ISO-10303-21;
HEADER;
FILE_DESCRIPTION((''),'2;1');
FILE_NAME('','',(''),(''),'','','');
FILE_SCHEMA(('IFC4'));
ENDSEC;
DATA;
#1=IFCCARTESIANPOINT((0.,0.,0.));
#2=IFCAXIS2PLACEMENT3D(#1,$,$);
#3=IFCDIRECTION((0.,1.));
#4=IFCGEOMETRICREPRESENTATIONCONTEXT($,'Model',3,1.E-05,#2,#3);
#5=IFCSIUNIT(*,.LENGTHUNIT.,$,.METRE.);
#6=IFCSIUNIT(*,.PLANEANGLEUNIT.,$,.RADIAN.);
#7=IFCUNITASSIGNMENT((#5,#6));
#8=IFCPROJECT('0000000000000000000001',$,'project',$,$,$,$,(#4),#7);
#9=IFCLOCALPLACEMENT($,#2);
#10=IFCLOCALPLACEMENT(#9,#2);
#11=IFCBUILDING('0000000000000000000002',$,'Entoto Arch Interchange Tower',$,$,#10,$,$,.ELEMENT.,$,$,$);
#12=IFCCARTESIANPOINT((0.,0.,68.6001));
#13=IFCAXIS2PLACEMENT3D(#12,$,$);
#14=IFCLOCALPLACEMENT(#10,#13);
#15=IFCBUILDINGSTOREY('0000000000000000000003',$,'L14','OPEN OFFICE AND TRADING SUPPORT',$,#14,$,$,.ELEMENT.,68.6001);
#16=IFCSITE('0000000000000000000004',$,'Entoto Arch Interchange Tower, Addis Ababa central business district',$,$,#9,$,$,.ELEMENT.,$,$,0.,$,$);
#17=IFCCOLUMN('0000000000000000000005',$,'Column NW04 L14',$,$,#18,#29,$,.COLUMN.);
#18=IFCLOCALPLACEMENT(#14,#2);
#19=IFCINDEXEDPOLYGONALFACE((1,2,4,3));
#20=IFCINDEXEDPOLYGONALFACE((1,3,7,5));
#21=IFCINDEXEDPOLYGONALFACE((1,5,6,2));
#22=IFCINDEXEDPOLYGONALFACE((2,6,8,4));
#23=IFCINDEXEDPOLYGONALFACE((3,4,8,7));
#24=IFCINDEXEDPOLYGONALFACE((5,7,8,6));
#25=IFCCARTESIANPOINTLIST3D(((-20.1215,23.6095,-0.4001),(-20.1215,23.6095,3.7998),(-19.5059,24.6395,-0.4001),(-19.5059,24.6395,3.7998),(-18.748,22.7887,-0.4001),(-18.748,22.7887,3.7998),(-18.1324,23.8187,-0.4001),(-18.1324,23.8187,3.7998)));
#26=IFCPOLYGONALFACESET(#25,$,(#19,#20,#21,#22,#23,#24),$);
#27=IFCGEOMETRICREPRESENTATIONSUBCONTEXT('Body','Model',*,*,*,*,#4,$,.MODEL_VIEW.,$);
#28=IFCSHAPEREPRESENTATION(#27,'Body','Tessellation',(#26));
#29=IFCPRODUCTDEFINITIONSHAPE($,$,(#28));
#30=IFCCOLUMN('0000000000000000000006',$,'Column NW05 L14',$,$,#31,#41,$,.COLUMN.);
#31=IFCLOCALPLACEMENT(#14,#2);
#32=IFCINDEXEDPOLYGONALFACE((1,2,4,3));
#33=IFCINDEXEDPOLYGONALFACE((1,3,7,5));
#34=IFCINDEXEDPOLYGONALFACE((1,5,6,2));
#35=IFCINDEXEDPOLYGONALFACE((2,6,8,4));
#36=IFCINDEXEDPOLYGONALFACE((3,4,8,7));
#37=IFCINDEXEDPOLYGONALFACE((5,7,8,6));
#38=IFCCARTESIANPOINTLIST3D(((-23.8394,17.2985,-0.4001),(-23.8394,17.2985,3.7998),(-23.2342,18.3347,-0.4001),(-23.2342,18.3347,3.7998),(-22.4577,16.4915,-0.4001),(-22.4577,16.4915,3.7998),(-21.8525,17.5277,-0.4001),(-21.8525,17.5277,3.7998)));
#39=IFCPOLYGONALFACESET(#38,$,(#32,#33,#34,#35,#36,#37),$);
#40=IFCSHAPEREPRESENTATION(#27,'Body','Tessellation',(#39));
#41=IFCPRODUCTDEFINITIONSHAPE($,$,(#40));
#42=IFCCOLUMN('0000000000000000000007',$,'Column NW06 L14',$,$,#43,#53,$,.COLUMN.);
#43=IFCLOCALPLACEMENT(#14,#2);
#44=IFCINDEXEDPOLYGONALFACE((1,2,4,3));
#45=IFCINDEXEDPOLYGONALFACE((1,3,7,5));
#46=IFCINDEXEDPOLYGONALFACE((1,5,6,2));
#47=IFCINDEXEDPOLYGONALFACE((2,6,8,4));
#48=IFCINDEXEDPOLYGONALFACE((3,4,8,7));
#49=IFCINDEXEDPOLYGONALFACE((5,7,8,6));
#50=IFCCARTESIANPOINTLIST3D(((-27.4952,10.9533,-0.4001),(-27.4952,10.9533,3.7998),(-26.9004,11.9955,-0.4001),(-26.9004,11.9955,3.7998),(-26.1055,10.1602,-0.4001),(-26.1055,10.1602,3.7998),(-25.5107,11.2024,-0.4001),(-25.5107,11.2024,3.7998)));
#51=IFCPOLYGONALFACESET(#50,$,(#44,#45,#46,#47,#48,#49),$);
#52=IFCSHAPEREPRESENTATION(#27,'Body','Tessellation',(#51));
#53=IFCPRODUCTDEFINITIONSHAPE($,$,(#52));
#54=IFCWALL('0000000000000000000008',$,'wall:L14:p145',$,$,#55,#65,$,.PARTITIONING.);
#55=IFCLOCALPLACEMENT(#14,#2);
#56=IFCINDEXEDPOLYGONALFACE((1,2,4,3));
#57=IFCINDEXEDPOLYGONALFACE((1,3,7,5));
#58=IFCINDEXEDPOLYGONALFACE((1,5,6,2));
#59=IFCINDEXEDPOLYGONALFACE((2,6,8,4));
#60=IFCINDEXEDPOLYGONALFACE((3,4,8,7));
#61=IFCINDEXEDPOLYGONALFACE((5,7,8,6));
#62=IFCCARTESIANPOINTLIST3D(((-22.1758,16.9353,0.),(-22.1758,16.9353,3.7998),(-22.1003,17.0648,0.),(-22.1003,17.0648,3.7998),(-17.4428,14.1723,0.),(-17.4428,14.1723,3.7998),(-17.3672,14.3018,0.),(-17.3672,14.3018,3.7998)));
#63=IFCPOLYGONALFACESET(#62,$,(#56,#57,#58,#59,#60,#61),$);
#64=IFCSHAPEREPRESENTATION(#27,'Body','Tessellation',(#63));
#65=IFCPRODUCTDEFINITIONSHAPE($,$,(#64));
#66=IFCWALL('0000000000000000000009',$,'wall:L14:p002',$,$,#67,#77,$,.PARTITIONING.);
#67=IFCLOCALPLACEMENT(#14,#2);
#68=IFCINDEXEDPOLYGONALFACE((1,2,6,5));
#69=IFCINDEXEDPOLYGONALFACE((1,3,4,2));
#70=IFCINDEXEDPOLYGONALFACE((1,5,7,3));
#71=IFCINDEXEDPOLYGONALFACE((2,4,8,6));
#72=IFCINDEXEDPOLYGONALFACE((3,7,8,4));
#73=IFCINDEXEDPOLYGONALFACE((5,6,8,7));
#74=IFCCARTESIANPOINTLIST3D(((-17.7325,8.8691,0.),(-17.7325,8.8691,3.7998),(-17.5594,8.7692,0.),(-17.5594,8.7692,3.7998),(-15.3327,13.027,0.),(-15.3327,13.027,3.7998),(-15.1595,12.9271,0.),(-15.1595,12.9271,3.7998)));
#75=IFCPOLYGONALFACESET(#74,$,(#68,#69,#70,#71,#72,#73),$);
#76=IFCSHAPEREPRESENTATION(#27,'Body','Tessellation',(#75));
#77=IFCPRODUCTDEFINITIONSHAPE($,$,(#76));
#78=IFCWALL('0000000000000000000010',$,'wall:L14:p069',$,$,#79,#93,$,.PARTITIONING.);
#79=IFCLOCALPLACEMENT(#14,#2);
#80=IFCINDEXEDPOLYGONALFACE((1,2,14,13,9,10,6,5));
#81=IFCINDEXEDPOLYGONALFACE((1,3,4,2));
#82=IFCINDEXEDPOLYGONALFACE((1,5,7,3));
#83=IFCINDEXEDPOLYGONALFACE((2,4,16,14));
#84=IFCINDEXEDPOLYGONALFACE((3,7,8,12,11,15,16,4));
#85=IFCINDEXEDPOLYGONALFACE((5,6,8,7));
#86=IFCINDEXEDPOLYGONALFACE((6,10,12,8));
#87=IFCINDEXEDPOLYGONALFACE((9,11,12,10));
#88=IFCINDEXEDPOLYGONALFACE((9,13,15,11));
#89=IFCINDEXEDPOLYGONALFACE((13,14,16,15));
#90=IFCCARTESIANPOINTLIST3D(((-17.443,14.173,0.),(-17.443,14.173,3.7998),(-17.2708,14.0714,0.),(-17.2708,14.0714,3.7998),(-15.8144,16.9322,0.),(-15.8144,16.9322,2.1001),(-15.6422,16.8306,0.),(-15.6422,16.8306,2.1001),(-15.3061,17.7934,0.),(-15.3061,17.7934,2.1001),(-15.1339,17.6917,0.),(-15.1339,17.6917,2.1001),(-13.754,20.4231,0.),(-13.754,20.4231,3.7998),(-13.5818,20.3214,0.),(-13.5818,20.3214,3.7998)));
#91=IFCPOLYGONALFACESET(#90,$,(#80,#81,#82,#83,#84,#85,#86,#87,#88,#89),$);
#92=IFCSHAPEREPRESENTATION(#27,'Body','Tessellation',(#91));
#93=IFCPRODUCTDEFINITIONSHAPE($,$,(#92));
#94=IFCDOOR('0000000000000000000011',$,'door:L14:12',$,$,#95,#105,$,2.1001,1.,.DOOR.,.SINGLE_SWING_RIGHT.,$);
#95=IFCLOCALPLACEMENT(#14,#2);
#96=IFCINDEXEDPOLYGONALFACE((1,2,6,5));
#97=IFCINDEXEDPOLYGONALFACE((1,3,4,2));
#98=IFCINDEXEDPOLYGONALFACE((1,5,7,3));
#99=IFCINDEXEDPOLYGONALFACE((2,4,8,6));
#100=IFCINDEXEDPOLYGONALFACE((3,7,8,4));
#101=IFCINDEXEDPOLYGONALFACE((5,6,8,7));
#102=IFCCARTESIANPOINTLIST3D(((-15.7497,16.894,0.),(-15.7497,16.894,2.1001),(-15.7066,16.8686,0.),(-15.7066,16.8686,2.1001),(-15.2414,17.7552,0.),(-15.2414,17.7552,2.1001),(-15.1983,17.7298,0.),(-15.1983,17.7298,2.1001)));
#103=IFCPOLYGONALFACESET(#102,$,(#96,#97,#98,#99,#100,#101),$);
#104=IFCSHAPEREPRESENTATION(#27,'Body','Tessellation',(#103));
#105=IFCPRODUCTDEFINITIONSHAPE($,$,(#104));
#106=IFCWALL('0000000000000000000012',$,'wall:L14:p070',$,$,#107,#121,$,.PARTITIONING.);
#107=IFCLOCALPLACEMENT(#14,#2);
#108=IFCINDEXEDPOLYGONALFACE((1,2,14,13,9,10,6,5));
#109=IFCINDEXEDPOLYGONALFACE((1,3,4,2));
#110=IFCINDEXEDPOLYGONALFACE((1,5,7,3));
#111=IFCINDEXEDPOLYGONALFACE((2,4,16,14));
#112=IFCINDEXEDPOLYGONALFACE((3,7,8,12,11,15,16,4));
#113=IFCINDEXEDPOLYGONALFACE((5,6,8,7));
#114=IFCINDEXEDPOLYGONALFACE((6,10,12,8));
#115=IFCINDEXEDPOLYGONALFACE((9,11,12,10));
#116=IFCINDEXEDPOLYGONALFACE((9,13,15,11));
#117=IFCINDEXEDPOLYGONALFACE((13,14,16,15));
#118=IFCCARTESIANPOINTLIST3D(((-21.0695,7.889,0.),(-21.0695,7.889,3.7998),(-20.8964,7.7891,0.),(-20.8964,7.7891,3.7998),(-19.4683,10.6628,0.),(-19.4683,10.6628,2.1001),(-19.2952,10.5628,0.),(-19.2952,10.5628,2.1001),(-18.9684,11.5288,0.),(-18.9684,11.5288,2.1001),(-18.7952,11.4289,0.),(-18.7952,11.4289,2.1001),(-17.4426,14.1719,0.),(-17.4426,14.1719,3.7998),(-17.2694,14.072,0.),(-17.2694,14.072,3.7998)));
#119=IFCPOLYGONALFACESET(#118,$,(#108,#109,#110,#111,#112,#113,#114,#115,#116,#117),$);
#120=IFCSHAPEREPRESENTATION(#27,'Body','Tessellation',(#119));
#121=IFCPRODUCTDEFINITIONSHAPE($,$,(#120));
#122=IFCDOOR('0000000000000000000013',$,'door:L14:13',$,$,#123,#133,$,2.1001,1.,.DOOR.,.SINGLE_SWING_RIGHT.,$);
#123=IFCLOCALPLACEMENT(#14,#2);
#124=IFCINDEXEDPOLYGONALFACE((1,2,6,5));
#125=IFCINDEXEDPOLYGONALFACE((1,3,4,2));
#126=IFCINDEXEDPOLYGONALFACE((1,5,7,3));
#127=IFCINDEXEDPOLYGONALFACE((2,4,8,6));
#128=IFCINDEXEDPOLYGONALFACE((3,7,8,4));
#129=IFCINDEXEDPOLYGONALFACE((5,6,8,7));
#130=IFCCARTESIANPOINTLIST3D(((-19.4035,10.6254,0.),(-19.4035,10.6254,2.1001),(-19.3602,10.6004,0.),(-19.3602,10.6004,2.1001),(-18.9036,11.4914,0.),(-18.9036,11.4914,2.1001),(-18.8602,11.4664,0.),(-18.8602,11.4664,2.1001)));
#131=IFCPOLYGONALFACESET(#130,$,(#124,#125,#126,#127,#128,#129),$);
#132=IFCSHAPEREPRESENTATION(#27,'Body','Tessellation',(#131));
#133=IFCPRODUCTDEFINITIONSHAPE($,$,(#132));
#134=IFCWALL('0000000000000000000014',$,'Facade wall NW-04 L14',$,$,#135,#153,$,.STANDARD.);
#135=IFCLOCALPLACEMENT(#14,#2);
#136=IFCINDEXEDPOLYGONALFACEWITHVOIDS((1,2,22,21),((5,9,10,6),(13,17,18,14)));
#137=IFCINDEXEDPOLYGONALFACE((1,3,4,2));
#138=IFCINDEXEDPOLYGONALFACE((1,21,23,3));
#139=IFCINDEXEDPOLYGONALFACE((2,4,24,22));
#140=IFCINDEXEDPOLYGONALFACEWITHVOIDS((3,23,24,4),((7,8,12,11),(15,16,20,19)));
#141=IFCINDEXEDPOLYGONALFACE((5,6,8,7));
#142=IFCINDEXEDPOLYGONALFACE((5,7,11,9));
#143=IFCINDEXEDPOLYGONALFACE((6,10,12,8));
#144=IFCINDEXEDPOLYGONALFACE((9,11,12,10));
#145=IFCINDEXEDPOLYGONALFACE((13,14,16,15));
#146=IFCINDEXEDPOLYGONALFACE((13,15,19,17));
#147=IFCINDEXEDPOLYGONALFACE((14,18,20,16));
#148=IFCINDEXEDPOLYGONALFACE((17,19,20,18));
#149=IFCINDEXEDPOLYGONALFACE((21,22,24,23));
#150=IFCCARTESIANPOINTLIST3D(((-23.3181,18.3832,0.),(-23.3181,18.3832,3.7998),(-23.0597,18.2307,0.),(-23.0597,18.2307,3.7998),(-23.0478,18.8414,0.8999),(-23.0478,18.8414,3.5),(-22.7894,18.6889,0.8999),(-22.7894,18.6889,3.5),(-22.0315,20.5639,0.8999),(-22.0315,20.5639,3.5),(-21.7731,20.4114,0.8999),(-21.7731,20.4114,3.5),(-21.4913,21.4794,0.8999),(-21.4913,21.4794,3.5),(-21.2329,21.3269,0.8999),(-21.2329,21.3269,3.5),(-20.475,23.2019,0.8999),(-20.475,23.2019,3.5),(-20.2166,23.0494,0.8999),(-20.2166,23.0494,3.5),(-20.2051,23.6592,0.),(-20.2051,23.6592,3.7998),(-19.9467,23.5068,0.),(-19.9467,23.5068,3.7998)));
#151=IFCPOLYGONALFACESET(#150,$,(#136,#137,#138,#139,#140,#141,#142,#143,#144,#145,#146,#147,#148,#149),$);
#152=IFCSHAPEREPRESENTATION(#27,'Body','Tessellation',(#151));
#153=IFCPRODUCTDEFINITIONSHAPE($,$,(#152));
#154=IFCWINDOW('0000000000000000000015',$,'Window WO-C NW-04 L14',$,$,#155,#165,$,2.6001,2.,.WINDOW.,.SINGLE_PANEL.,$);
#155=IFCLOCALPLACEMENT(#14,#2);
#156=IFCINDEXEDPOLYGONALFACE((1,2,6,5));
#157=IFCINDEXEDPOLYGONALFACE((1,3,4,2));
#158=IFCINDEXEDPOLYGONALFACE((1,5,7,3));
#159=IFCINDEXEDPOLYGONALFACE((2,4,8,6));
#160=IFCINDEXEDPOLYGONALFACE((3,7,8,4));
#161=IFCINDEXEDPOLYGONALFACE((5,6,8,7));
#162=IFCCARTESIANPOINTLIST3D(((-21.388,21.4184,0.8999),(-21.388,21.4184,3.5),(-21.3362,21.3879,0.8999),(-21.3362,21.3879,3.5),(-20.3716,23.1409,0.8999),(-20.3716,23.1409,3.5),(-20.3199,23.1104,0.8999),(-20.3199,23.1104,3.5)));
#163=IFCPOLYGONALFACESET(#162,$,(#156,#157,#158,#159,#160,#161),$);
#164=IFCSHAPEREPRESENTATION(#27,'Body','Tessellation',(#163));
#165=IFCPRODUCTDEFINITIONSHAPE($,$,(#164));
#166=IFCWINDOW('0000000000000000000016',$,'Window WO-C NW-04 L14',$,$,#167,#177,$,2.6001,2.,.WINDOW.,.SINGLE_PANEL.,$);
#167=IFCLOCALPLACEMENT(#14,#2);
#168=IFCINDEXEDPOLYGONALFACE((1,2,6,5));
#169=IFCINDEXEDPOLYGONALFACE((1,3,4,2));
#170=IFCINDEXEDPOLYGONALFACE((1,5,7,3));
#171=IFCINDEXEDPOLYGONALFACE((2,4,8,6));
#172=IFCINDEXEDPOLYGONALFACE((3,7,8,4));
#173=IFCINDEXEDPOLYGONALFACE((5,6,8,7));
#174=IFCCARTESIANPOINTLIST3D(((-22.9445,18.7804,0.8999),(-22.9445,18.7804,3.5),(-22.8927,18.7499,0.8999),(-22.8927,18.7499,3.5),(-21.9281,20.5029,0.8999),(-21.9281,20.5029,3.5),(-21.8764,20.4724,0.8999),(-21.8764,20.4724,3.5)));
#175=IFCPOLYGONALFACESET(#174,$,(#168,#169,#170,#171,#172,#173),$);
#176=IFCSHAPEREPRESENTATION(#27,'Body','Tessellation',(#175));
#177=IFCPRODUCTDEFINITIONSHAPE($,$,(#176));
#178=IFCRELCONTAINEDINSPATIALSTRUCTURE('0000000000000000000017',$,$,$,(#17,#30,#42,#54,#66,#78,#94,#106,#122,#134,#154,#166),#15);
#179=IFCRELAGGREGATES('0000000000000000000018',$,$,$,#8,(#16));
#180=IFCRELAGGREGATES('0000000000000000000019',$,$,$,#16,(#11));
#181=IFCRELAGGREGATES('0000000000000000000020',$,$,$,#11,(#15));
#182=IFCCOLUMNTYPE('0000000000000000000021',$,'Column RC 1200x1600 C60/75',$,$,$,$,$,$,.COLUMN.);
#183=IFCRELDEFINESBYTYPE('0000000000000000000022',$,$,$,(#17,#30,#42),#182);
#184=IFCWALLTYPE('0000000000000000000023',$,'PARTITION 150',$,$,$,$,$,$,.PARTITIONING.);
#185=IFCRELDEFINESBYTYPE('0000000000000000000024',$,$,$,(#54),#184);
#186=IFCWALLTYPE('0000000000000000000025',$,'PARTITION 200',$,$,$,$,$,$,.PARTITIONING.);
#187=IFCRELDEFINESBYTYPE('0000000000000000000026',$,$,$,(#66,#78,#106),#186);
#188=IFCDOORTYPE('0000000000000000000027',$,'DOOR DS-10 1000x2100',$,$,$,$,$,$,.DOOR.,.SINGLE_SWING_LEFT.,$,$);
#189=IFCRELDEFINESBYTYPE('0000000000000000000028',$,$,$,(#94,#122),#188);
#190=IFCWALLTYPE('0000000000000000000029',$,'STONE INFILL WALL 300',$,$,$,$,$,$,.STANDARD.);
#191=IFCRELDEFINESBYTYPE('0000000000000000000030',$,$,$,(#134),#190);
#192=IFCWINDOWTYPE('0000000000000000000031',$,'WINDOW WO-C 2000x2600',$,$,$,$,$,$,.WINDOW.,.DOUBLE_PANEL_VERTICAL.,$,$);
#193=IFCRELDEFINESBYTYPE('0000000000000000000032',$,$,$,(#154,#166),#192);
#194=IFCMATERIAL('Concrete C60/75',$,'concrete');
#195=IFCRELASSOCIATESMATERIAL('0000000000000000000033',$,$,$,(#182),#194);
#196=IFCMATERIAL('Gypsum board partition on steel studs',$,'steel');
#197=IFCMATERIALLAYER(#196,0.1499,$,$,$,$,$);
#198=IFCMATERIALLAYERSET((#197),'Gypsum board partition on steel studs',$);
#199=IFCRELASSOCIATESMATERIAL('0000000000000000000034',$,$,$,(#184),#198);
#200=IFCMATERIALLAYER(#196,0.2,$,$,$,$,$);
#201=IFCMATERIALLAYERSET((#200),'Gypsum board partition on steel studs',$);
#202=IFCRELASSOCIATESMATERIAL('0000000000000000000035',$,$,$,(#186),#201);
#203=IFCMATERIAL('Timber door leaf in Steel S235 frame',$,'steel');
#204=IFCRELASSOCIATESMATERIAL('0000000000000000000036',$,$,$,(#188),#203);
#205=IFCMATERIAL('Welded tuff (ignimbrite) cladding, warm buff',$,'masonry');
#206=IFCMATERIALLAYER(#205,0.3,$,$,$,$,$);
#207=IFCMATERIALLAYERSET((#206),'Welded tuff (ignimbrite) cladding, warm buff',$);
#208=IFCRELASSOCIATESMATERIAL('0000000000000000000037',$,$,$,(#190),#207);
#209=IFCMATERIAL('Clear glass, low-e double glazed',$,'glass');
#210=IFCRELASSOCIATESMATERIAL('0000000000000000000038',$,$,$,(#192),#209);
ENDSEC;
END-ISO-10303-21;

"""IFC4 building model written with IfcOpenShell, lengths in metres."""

from ifc_helpers import new_model, si_unit, direction, frame, frame_2d, origin, origin_2d, place, context, subcontext, project, spatial, rectangle, extrude, material, layer, layer_set, material_profile, profile_set, type_object, element, fill, save


model = new_model("IFC4")

# Units and contexts
model_context = context("Model", 3, precision=1e-05, world=origin(), true_north=direction((0.0, 1.0)))
body_context = subcontext(model_context, "Body", "Model", "MODEL_VIEW")
ifc_project = project(units=[si_unit("LENGTHUNIT", "METRE"), si_unit("PLANEANGLEUNIT", "RADIAN")], contexts=[model_context])

# Site, building, storey
site_placement = place(None, origin())
site = spatial("IfcSite", under=ifc_project, at=site_placement, Name="Entoto Arch Interchange Tower, Addis Ababa central business district", CompositionType="ELEMENT", RefElevation=0.0)
building_placement = place(site_placement, origin())
building = spatial("IfcBuilding", under=site, at=building_placement, Name="Entoto Arch Interchange Tower", CompositionType="ELEMENT")
storey_placement = place(building_placement, frame((0.0, 0.0, 68.6001)))
storey = spatial("IfcBuildingStorey", under=building, at=storey_placement, Name="L14", Description="OPEN OFFICE AND TRADING SUPPORT", CompositionType="ELEMENT", Elevation=68.6001)

# Columns
ifc_material_1 = material(Name="Concrete C60/75", Category="concrete")
ifc_material_profile = material_profile(ifc_material_1, rectangle(XDim=1.2, YDim=1.6001, at=origin_2d()))
ifc_profile_set = profile_set([ifc_material_profile], Name="Concrete C60/75")
column_type = type_object("IfcColumnType", Name="Column RC 1200x1600 C60/75", PredefinedType="COLUMN", material=ifc_profile_set)
for number, where, z_axis, x_axis, name in (
    (1, (-19.127, 23.7141, -0.4001), (0.0, 0.0, 1.0), (0.512972, 0.858405, 0.0), "Column NW04 L14"),
    (2, (-22.8459, 17.4131, -0.4001), (0.0, 0.0, 1.0), (0.504332, 0.86351, 0.0), "Column NW05 L14"),
    (3, (-26.5029, 11.0779, -0.4001), (0.0, 0.0, 1.0), (0.495656, 0.868519, 0.0), "Column NW06 L14"),
):
    element("IfcColumn", number, at=place(storey_placement, frame(where, z_axis=z_axis, x_axis=x_axis)), inside=storey, type_object=column_type, Name=name, PredefinedType="COLUMN", context=body_context, shape_type="SweptSolid", body=[
        extrude(rectangle(XDim=1.2, YDim=1.6001, at=origin_2d()), origin(), (0.0, 0.0, 1.0), 4.2),
    ])

# Walls
ifc_material_2 = material(Name="Gypsum board partition on steel studs", Category="steel")
ifc_layer_1 = layer(ifc_material_2, 0.1499)
ifc_layer_set_1 = layer_set([ifc_layer_1], Name="Gypsum board partition on steel studs")
wall_type_1 = type_object("IfcWallType", Name="PARTITION 150", PredefinedType="PARTITIONING", material=ifc_layer_set_1)
wall_1_placement = place(storey_placement, frame((-17.405, 14.2371, 0.0), z_axis=(0.0, 0.0, 1.0), x_axis=(-0.863614, 0.504154, 0.0)))
element("IfcWall", 4, at=wall_1_placement, inside=storey, type_object=wall_type_1, Name="wall:L14:p145", PredefinedType="PARTITIONING", context=body_context, shape_type="SweptSolid", body=[
    extrude(rectangle(XDim=5.4805, YDim=0.1499, at=frame_2d((2.7402, 0.0))), origin(), (0.0, 0.0, 1.0), 3.7998),
])
ifc_layer_2 = layer(ifc_material_2, 0.2)
ifc_layer_set_2 = layer_set([ifc_layer_2], Name="Gypsum board partition on steel studs")
wall_type_2 = type_object("IfcWallType", Name="PARTITION 200", PredefinedType="PARTITIONING", material=ifc_layer_set_2)
wall_2_placement = place(storey_placement, frame((-15.2461, 12.9771, 0.0), z_axis=(0.0, 0.0, 1.0), x_axis=(-0.499891, -0.866088, 0.0)))
element("IfcWall", 5, at=wall_2_placement, inside=storey, type_object=wall_type_2, Name="wall:L14:p002", PredefinedType="PARTITIONING", context=body_context, shape_type="SweptSolid", body=[
    extrude(rectangle(XDim=4.8008, YDim=0.2, at=frame_2d((2.4004, 0.0))), origin(), (0.0, 0.0, 1.0), 3.7998),
])

# Walls, openings, doors
wall_3_placement = place(storey_placement, frame((-17.3569, 14.1221, 0.0), z_axis=(0.0, 0.0, 1.0), x_axis=(0.508299, 0.861181, 0.0)))
wall_3 = element("IfcWall", 6, at=wall_3_placement, inside=storey, type_object=wall_type_2, Name="wall:L14:p069", PredefinedType="PARTITIONING", context=body_context, shape_type="SweptSolid", body=[
    extrude(rectangle(XDim=7.2576, YDim=0.2, at=frame_2d((3.6289, 0.0))), origin(), (0.0, 0.0, 1.0), 3.7998),
])
opening_1_placement = place(wall_3_placement, frame((3.2041, 0.0, 0.0)))
opening_1 = element("IfcOpeningElement", 7, at=opening_1_placement, cuts=wall_3, PredefinedType="OPENING", context=body_context, shape_type="SweptSolid", body=[
    extrude(rectangle(XDim=1.0, YDim=2.1001, at=frame_2d((0.5, 1.05))), frame((0.0, 0.1099, 0.0), z_axis=(0.0, -1.0, 0.0), x_axis=(1.0, 0.0, 0.0)), (0.0, 0.0, 1.0), 0.22),
])
ifc_material_3 = material(Name="Timber door leaf in Steel S235 frame", Category="steel")
door_type = type_object("IfcDoorType", Name="DOOR DS-10 1000x2100", OperationType="SINGLE_SWING_LEFT", PredefinedType="DOOR", material=ifc_material_3)
door_1_placement = place(opening_1_placement, origin())
door_1 = element("IfcDoor", 8, at=door_1_placement, inside=storey, type_object=door_type, Name="door:L14:12", OperationType="SINGLE_SWING_RIGHT", OverallHeight=2.1001, OverallWidth=1.0, PredefinedType="DOOR", context=body_context, shape_type="SweptSolid", body=[
    extrude(rectangle(XDim=1.0, YDim=2.1001, at=frame_2d((0.5, 1.05))), frame((0.0, 0.0249, 0.0), z_axis=(0.0, -1.0, 0.0), x_axis=(1.0, 0.0, 0.0)), (0.0, 0.0, 1.0), 0.05),
])
fill(opening_1, door_1)
wall_4_placement = place(storey_placement, frame((-17.356, 14.1221, 0.0), z_axis=(0.0, 0.0, 1.0), x_axis=(-0.499947, -0.866056, 0.0)))
wall_4 = element("IfcWall", 9, at=wall_4_placement, inside=storey, type_object=wall_type_2, Name="wall:L14:p070", PredefinedType="PARTITIONING", context=body_context, shape_type="SweptSolid", body=[
    extrude(rectangle(XDim=7.2546, YDim=0.2, at=frame_2d((3.6274, 0.0))), origin(), (0.0, 0.0, 1.0), 3.7998),
])
opening_2_placement = place(wall_4_placement, frame((3.052, 0.0, 0.0)))
opening_2 = element("IfcOpeningElement", 10, at=opening_2_placement, cuts=wall_4, PredefinedType="OPENING", context=body_context, shape_type="SweptSolid", body=[
    extrude(rectangle(XDim=1.0, YDim=2.1001, at=frame_2d((0.5, 1.05))), frame((0.0, 0.1099, 0.0), z_axis=(0.0, -1.0, 0.0), x_axis=(1.0, 0.0, 0.0)), (0.0, 0.0, 1.0), 0.22),
])
door_2_placement = place(opening_2_placement, origin())
door_2 = element("IfcDoor", 11, at=door_2_placement, inside=storey, type_object=door_type, Name="door:L14:13", OperationType="SINGLE_SWING_RIGHT", OverallHeight=2.1001, OverallWidth=1.0, PredefinedType="DOOR", context=body_context, shape_type="SweptSolid", body=[
    extrude(rectangle(XDim=1.0, YDim=2.1001, at=frame_2d((0.5, 1.05))), frame((0.0, 0.0249, 0.0), z_axis=(0.0, -1.0, 0.0), x_axis=(1.0, 0.0, 0.0)), (0.0, 0.0, 1.0), 0.05),
])
fill(opening_2, door_2)

# Wall, openings, windows
ifc_material_4 = material(Name="Welded tuff (ignimbrite) cladding, warm buff", Category="masonry")
ifc_layer_3 = layer(ifc_material_4, 0.3)
ifc_layer_set_3 = layer_set([ifc_layer_3], Name="Welded tuff (ignimbrite) cladding, warm buff")
wall_type_3 = type_object("IfcWallType", Name="STONE INFILL WALL 300", PredefinedType="STANDARD", material=ifc_layer_set_3)
wall_5_placement = place(storey_placement, frame((-20.0759, 23.583, 0.0), z_axis=(0.0, 0.0, 1.0), x_axis=(-0.508164, -0.86126, 0.0)))
wall_5 = element("IfcWall", 12, at=wall_5_placement, inside=storey, type_object=wall_type_3, Name="Facade wall NW-04 L14", PredefinedType="STANDARD", context=body_context, shape_type="SweptSolid", body=[
    extrude(rectangle(XDim=6.126, YDim=0.3, at=frame_2d((3.063, 0.0))), origin(), (0.0, 0.0, 1.0), 3.7998),
])
opening_3_placement = place(wall_5_placement, frame((0.531, 0.0, 0.8999)))
opening_3 = element("IfcOpeningElement", 13, at=opening_3_placement, cuts=wall_5, PredefinedType="OPENING", context=body_context, shape_type="SweptSolid", body=[
    extrude(rectangle(XDim=2.0, YDim=2.6001, at=frame_2d((1.0, 1.3))), frame((0.0, 0.1602, 0.0), z_axis=(0.0, -1.0, 0.0), x_axis=(1.0, 0.0, 0.0)), (0.0, 0.0, 1.0), 0.3201),
])
opening_4_placement = place(wall_5_placement, frame((3.594, 0.0, 0.8999)))
opening_4 = element("IfcOpeningElement", 14, at=opening_4_placement, cuts=wall_5, PredefinedType="OPENING", context=body_context, shape_type="SweptSolid", body=[
    extrude(rectangle(XDim=2.0, YDim=2.6001, at=frame_2d((1.0, 1.3))), frame((0.0, 0.1602, 0.0), z_axis=(0.0, -1.0, 0.0), x_axis=(1.0, 0.0, 0.0)), (0.0, 0.0, 1.0), 0.3201),
])
ifc_material_5 = material(Name="Clear glass, low-e double glazed", Category="glass")
window_type = type_object("IfcWindowType", Name="WINDOW WO-C 2000x2600", PartitioningType="DOUBLE_PANEL_VERTICAL", PredefinedType="WINDOW", material=ifc_material_5)
window_1_placement = place(opening_3_placement, origin())
window_1 = element("IfcWindow", 15, at=window_1_placement, inside=storey, type_object=window_type, Name="Window WO-C NW-04 L14", OverallHeight=2.6001, OverallWidth=2.0, PartitioningType="SINGLE_PANEL", PredefinedType="WINDOW", context=body_context, shape_type="SweptSolid", body=[
    extrude(rectangle(XDim=2.0, YDim=2.6001, at=frame_2d((1.0, 1.3))), frame((0.0, 0.03, 0.0), z_axis=(0.0, -1.0, 0.0), x_axis=(1.0, 0.0, 0.0)), (0.0, 0.0, 1.0), 0.0601),
])
fill(opening_3, window_1)
window_2_placement = place(opening_4_placement, origin())
window_2 = element("IfcWindow", 16, at=window_2_placement, inside=storey, type_object=window_type, Name="Window WO-C NW-04 L14", OverallHeight=2.6001, OverallWidth=2.0, PartitioningType="SINGLE_PANEL", PredefinedType="WINDOW", context=body_context, shape_type="SweptSolid", body=[
    extrude(rectangle(XDim=2.0, YDim=2.6001, at=frame_2d((1.0, 1.3))), frame((0.0, 0.03, 0.0), z_axis=(0.0, -1.0, 0.0), x_axis=(1.0, 0.0, 0.0)), (0.0, 0.0, 1.0), 0.0601),
])
fill(opening_4, window_2)

save(model, "model.ifc")
